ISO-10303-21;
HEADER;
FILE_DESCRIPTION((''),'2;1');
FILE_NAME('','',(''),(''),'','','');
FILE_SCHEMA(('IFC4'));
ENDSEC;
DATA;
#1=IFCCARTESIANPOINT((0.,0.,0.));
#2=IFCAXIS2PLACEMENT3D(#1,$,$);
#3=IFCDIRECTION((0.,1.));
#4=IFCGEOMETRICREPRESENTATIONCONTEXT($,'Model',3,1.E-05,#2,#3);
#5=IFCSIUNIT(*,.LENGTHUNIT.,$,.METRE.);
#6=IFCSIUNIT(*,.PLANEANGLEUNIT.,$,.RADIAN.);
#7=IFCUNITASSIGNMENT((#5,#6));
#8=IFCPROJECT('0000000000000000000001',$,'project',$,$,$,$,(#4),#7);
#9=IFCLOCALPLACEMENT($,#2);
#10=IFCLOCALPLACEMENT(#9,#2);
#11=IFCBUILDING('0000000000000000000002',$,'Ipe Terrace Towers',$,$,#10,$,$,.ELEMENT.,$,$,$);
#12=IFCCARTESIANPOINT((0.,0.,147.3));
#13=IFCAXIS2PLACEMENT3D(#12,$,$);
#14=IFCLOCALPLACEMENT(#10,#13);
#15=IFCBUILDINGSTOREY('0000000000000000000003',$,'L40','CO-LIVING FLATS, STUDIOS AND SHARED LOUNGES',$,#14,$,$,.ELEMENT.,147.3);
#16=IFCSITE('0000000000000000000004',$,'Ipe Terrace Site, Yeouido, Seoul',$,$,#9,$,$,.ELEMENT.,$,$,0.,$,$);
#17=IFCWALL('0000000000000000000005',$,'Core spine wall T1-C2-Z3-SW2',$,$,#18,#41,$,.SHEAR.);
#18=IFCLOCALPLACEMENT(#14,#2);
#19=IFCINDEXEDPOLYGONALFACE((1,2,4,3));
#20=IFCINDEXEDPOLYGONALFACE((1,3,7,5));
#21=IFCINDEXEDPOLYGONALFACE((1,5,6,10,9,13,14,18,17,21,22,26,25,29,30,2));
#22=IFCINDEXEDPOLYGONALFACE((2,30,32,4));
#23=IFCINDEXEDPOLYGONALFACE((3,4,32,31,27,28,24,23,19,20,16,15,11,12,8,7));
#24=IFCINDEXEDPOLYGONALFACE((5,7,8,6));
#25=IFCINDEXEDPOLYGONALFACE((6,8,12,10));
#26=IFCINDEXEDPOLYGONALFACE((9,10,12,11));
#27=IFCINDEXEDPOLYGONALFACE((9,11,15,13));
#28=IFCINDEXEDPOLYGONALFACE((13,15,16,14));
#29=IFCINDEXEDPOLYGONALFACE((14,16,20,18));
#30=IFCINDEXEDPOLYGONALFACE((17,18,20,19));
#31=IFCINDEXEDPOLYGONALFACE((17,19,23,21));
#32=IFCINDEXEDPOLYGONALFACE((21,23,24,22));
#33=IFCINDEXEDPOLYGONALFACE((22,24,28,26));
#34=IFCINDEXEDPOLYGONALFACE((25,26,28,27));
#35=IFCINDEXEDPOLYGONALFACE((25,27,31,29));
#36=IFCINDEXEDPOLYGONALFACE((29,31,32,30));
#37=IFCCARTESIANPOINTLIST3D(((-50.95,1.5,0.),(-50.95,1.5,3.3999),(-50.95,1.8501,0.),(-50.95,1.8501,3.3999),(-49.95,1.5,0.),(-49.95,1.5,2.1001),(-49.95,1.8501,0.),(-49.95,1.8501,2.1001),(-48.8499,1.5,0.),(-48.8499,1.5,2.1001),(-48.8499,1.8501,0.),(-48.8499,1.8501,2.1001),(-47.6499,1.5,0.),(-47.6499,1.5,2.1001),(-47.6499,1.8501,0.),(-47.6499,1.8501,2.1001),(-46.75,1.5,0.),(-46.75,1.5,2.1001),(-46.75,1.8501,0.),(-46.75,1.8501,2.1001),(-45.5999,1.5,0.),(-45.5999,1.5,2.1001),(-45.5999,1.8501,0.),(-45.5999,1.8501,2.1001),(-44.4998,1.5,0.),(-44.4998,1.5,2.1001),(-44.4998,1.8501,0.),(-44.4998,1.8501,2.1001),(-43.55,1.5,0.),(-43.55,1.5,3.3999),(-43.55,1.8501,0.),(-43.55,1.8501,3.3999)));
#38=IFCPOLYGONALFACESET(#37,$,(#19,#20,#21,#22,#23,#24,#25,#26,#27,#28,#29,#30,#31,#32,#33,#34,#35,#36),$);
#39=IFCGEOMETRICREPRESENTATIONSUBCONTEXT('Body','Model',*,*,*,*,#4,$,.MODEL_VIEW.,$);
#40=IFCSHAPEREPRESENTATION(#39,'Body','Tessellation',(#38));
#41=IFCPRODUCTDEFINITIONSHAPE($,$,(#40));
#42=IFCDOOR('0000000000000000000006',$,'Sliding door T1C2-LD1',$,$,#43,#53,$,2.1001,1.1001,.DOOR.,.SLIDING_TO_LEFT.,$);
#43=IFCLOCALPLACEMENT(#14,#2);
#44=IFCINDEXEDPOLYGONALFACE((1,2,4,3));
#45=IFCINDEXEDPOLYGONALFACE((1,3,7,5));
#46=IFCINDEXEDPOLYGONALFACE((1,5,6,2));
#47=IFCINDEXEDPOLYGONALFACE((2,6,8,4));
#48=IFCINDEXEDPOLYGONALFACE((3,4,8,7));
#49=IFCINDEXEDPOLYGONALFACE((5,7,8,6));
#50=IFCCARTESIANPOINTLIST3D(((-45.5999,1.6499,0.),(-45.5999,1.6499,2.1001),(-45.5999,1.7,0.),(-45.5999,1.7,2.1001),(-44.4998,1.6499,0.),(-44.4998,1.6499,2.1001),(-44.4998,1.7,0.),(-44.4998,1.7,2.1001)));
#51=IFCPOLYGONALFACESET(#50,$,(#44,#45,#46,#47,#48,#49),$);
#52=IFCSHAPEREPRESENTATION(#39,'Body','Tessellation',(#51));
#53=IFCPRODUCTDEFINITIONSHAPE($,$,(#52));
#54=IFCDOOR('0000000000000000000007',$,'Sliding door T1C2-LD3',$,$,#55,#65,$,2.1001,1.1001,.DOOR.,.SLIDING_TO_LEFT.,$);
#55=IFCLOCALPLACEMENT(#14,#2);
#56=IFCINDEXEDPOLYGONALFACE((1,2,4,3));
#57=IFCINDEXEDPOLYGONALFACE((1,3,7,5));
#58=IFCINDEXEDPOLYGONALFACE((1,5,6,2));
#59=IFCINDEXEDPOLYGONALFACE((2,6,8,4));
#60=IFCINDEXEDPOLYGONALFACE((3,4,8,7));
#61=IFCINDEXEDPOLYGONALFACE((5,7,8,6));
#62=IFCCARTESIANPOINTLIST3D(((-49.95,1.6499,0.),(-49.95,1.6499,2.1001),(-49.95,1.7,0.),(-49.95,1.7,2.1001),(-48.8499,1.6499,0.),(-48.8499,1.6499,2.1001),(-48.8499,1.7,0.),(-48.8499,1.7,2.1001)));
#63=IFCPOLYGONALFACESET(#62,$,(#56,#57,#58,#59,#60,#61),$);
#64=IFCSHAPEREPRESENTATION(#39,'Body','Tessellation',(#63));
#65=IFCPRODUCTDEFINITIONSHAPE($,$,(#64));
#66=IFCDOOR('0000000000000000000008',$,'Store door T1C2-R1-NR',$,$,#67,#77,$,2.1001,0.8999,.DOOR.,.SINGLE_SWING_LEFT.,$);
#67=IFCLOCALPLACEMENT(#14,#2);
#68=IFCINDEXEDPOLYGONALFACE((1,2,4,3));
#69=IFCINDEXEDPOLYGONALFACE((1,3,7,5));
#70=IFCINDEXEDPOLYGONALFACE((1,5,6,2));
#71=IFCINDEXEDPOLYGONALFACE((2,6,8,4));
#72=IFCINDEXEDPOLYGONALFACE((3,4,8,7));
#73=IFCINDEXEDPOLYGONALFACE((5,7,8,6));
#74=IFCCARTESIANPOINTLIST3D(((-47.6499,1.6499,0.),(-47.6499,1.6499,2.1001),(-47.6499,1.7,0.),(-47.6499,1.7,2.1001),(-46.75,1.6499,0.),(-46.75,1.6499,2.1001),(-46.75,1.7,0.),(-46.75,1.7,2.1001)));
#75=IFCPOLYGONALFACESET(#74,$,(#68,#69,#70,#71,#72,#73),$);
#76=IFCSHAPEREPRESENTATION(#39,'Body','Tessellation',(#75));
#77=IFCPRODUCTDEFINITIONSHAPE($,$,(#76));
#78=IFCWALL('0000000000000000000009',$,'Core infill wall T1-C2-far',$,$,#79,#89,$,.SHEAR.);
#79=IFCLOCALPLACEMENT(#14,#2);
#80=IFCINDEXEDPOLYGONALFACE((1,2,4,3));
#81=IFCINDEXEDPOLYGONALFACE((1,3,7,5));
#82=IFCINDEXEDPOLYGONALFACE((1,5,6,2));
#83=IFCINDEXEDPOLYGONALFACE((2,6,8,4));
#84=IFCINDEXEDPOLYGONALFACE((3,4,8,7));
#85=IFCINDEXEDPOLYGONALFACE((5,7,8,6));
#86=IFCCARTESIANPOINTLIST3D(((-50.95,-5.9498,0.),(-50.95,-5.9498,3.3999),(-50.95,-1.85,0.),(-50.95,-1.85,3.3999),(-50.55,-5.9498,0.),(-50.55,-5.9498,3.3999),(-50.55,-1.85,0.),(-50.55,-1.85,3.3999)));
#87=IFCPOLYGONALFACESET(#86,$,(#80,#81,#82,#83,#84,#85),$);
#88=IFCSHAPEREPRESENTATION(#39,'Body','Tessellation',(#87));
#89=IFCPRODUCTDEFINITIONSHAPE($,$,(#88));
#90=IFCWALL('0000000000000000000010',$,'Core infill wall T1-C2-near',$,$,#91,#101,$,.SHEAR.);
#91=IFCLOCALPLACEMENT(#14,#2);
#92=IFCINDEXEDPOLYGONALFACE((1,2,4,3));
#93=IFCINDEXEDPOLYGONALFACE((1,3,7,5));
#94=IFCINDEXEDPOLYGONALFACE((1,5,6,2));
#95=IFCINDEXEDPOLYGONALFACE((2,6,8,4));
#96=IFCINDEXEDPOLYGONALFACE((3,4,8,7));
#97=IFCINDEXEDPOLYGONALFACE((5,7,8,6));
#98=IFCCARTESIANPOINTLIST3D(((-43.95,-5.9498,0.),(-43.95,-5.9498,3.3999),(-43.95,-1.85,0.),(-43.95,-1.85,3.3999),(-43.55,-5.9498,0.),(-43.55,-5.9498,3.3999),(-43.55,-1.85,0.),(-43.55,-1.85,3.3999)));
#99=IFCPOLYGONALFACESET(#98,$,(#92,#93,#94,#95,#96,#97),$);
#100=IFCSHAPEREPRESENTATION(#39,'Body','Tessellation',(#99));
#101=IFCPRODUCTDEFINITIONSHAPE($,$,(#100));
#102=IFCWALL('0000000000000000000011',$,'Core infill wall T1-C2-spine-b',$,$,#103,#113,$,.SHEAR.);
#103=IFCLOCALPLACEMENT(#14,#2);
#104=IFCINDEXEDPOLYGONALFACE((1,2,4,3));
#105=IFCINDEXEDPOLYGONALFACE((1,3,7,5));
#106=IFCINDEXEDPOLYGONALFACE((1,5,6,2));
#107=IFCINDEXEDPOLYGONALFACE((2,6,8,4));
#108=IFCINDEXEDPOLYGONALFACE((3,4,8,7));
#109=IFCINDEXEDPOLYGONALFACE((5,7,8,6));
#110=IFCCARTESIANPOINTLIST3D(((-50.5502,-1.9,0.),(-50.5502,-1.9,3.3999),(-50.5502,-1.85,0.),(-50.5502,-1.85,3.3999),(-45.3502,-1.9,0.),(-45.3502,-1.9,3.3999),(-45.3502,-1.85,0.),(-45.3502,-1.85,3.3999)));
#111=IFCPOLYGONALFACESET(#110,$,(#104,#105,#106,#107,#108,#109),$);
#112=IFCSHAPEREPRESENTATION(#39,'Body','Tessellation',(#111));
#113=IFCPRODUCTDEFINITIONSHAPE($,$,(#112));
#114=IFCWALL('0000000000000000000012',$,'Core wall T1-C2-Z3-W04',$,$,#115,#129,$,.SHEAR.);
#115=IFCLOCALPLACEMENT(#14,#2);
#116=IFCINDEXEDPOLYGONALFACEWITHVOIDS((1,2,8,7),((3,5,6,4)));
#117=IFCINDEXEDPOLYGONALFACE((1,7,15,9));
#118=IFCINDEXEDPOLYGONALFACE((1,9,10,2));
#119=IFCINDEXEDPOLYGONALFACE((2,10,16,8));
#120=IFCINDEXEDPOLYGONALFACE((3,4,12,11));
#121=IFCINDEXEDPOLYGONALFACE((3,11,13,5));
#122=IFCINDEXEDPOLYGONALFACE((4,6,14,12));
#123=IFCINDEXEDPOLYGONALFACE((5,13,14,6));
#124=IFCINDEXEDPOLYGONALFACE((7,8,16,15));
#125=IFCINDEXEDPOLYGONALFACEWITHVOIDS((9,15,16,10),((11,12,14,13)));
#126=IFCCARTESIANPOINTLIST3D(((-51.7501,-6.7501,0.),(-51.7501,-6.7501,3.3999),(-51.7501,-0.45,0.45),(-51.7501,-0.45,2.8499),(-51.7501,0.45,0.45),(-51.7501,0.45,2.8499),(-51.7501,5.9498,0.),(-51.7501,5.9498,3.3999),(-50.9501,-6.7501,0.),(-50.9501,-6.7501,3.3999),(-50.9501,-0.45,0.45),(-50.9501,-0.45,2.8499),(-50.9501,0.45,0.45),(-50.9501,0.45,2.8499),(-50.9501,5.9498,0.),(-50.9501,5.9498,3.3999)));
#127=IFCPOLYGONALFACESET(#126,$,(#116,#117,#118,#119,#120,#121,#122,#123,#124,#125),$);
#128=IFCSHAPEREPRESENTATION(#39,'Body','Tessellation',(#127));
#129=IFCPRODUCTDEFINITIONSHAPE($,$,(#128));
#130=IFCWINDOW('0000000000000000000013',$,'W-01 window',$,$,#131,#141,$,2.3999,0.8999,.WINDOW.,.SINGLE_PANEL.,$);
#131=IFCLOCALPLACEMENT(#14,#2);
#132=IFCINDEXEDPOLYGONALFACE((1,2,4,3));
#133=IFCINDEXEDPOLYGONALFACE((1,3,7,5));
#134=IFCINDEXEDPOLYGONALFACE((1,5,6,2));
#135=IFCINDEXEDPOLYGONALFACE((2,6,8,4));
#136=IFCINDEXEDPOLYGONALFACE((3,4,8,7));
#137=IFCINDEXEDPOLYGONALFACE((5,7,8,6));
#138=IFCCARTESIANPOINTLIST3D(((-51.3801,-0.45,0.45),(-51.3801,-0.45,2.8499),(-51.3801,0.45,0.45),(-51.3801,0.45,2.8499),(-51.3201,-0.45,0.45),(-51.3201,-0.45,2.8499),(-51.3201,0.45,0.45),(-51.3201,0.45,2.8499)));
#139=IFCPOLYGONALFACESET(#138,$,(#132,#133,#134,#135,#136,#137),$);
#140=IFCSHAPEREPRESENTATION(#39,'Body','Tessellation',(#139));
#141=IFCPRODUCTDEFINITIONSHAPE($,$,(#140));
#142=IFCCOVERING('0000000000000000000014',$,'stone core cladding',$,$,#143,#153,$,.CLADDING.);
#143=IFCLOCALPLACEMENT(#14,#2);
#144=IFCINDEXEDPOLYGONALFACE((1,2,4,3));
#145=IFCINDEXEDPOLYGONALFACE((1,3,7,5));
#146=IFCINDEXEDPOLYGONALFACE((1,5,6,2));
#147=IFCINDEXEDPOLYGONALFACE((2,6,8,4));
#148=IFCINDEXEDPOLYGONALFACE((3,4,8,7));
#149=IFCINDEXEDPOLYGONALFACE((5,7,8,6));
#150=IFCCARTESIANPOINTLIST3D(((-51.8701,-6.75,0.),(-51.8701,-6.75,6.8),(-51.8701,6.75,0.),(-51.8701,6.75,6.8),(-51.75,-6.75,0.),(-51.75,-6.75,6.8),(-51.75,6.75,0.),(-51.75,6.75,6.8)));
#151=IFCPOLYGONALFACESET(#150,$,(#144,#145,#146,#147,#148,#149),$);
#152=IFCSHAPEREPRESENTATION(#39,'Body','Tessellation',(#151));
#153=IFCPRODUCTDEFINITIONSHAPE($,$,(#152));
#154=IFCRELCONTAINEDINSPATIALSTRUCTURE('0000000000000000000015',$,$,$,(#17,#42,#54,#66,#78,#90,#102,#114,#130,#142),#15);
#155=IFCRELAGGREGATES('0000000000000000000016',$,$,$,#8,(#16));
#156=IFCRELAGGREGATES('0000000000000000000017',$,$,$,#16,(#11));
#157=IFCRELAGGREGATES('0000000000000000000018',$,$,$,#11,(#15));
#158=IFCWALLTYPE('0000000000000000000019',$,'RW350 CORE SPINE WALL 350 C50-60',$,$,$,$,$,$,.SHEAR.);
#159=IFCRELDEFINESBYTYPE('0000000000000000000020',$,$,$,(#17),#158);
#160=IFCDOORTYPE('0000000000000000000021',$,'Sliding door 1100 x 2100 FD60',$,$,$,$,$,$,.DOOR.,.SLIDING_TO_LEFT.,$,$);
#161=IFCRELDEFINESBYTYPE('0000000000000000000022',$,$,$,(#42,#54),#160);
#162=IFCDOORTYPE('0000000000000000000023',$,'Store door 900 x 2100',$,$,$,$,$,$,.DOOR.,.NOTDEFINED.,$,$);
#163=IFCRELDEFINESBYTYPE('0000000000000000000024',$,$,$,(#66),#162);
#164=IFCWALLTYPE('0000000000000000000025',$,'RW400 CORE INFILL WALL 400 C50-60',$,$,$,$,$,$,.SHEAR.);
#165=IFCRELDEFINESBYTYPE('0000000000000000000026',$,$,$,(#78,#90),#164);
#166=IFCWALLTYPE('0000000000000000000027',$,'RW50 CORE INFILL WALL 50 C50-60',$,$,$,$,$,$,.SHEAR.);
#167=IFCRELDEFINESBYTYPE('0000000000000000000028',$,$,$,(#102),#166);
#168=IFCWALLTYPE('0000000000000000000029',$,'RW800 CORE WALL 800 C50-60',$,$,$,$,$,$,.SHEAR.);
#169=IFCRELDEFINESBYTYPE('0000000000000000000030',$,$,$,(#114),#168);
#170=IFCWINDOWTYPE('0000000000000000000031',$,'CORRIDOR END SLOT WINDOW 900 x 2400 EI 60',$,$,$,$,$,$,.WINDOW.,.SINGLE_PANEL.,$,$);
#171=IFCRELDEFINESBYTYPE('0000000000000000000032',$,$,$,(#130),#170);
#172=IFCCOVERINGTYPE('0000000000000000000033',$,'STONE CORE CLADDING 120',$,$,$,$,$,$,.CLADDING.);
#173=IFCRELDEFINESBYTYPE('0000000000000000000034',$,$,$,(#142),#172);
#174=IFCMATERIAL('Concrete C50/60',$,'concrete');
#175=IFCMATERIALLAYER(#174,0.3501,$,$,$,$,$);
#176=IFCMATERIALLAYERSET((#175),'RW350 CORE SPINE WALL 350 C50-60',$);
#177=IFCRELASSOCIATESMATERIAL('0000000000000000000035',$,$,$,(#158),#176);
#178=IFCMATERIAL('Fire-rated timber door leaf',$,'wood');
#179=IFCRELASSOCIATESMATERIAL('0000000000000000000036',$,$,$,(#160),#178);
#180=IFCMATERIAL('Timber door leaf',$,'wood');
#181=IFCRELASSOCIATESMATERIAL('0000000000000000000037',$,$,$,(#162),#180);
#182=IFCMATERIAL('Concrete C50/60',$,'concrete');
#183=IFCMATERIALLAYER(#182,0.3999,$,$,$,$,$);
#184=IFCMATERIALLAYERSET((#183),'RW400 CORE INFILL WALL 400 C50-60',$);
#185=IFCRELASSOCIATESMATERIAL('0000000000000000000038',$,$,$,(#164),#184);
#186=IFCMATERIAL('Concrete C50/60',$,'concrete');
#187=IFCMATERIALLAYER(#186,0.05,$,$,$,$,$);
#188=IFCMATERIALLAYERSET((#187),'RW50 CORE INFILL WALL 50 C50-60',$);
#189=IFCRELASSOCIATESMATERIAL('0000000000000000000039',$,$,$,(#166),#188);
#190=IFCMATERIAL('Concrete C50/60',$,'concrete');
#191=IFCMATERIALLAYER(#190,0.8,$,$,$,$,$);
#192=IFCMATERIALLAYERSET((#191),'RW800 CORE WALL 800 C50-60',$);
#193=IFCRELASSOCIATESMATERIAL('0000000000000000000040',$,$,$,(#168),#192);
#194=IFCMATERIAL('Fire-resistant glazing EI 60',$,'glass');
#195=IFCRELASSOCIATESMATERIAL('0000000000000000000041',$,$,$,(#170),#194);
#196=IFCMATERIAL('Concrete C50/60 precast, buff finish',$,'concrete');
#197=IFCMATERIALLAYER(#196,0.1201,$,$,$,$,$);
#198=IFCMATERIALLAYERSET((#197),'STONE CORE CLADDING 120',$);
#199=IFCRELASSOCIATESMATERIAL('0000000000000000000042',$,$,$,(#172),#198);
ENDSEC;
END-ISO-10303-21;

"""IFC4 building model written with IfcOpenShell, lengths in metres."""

from ifc_helpers import new_model, si_unit, direction, frame, frame_2d, origin, origin_2d, place, context, subcontext, project, spatial, rectangle, extrude, material, layer, layer_set, type_object, element, fill, save


model = new_model("IFC4")

# Units and contexts
model_context = context("Model", 3, precision=1e-05, world=origin(), true_north=direction((0.0, 1.0)))
body_context = subcontext(model_context, "Body", "Model", "MODEL_VIEW")
ifc_project = project(units=[si_unit("LENGTHUNIT", "METRE"), si_unit("PLANEANGLEUNIT", "RADIAN")], contexts=[model_context])

# Site, building, storey
site_placement = place(None, origin())
site = spatial("IfcSite", under=ifc_project, at=site_placement, Name="Ipe Terrace Site, Yeouido, Seoul", CompositionType="ELEMENT", RefElevation=0.0)
building_placement = place(site_placement, origin())
building = spatial("IfcBuilding", under=site, at=building_placement, Name="Ipe Terrace Towers", CompositionType="ELEMENT")
storey_placement = place(building_placement, frame((0.0, 0.0, 147.3)))
storey = spatial("IfcBuildingStorey", under=building, at=storey_placement, Name="L40", Description="CO-LIVING FLATS, STUDIOS AND SHARED LOUNGES", CompositionType="ELEMENT", Elevation=147.3)

# Shared definitions
ifc_material_1 = material(Name="Concrete C50/60", Category="concrete")
ifc_layer_1 = layer(ifc_material_1, 0.3501)
ifc_layer_set_1 = layer_set([ifc_layer_1], Name="RW350 CORE SPINE WALL 350 C50-60")
wall_type_1 = type_object("IfcWallType", Name="RW350 CORE SPINE WALL 350 C50-60", PredefinedType="SHEAR", material=ifc_layer_set_1)

# Wall, openings, doors
wall_1_placement = place(storey_placement, frame((-50.95, 1.675, 0.0), z_axis=(0.0, 0.0, 1.0), x_axis=(1.0, 0.0, 0.0)))
wall_1 = element("IfcWall", 1, at=wall_1_placement, inside=storey, type_object=wall_type_1, Name="Core spine wall T1-C2-Z3-SW2", PredefinedType="SHEAR", context=body_context, shape_type="SweptSolid", body=[
    extrude(rectangle(XDim=7.3999, YDim=0.3501, at=frame_2d((3.7, 0.0))), origin(), (0.0, 0.0, 1.0), 3.3999),
])
opening_1_placement = place(wall_1_placement, frame((5.3501, 0.0, 0.0)))
opening_1 = element("IfcOpeningElement", 2, at=opening_1_placement, cuts=wall_1, PredefinedType="OPENING", context=body_context, shape_type="SweptSolid", body=[
    extrude(rectangle(XDim=1.1001, YDim=2.1001, at=frame_2d((0.55, 1.05))), frame((0.0, 0.1851, 0.0), z_axis=(0.0, -1.0, 0.0), x_axis=(1.0, 0.0, 0.0)), (0.0, 0.0, 1.0), 0.3701),
])
opening_2_placement = place(wall_1_placement, frame((1.0, 0.0, 0.0)))
opening_2 = element("IfcOpeningElement", 3, at=opening_2_placement, cuts=wall_1, PredefinedType="OPENING", context=body_context, shape_type="SweptSolid", body=[
    extrude(rectangle(XDim=1.1001, YDim=2.1001, at=frame_2d((0.55, 1.05))), frame((0.0, 0.1851, 0.0), z_axis=(0.0, -1.0, 0.0), x_axis=(1.0, 0.0, 0.0)), (0.0, 0.0, 1.0), 0.3701),
])
opening_3_placement = place(wall_1_placement, frame((3.3, 0.0, 0.0)))
opening_3 = element("IfcOpeningElement", 4, at=opening_3_placement, cuts=wall_1, PredefinedType="OPENING", context=body_context, shape_type="SweptSolid", body=[
    extrude(rectangle(XDim=0.8999, YDim=2.1001, at=frame_2d((0.45, 1.05))), frame((0.0, 0.1851, 0.0), z_axis=(0.0, -1.0, 0.0), x_axis=(1.0, 0.0, 0.0)), (0.0, 0.0, 1.0), 0.3701),
])
ifc_material_2 = material(Name="Fire-rated timber door leaf", Category="wood")
door_type_1 = type_object("IfcDoorType", Name="Sliding door 1100 x 2100 FD60", OperationType="SLIDING_TO_LEFT", PredefinedType="DOOR", material=ifc_material_2)
door_1_placement = place(opening_1_placement, origin())
door_1 = element("IfcDoor", 5, at=door_1_placement, inside=storey, type_object=door_type_1, Name="Sliding door T1C2-LD1", OperationType="SLIDING_TO_LEFT", OverallHeight=2.1001, OverallWidth=1.1001, PredefinedType="DOOR", context=body_context, shape_type="SweptSolid", body=[
    extrude(rectangle(XDim=1.1001, YDim=2.1001, at=frame_2d((0.55, 1.05))), frame((0.0, 0.0249, 0.0), z_axis=(0.0, -1.0, 0.0), x_axis=(1.0, 0.0, 0.0)), (0.0, 0.0, 1.0), 0.05),
])
fill(opening_1, door_1)
door_2_placement = place(opening_2_placement, origin())
door_2 = element("IfcDoor", 6, at=door_2_placement, inside=storey, type_object=door_type_1, Name="Sliding door T1C2-LD3", OperationType="SLIDING_TO_LEFT", OverallHeight=2.1001, OverallWidth=1.1001, PredefinedType="DOOR", context=body_context, shape_type="SweptSolid", body=[
    extrude(rectangle(XDim=1.1001, YDim=2.1001, at=frame_2d((0.55, 1.05))), frame((0.0, 0.0249, 0.0), z_axis=(0.0, -1.0, 0.0), x_axis=(1.0, 0.0, 0.0)), (0.0, 0.0, 1.0), 0.05),
])
fill(opening_2, door_2)
ifc_material_3 = material(Name="Timber door leaf", Category="wood")
door_type_2 = type_object("IfcDoorType", Name="Store door 900 x 2100", OperationType="NOTDEFINED", PredefinedType="DOOR", material=ifc_material_3)
door_3_placement = place(opening_3_placement, origin())
door_3 = element("IfcDoor", 7, at=door_3_placement, inside=storey, type_object=door_type_2, Name="Store door T1C2-R1-NR", OperationType="SINGLE_SWING_LEFT", OverallHeight=2.1001, OverallWidth=0.8999, PredefinedType="DOOR", context=body_context, shape_type="SweptSolid", body=[
    extrude(rectangle(XDim=0.8999, YDim=2.1001, at=frame_2d((0.45, 1.05))), frame((0.0, 0.0249, 0.0), z_axis=(0.0, -1.0, 0.0), x_axis=(1.0, 0.0, 0.0)), (0.0, 0.0, 1.0), 0.05),
])
fill(opening_3, door_3)

# Walls
ifc_material_4 = material(Name="Concrete C50/60", Category="concrete")
ifc_layer_2 = layer(ifc_material_4, 0.3999)
ifc_layer_set_2 = layer_set([ifc_layer_2], Name="RW400 CORE INFILL WALL 400 C50-60")
wall_type_2 = type_object("IfcWallType", Name="RW400 CORE INFILL WALL 400 C50-60", PredefinedType="SHEAR", material=ifc_layer_set_2)
for number, where, z_axis, x_axis, name in (
    (8, (-50.75, -1.8501, 0.0), (0.0, 0.0, 1.0), (0.0, -1.0, 0.0), "Core infill wall T1-C2-far"),
    (9, (-43.75, -1.8501, 0.0), (0.0, 0.0, 1.0), (0.0, -1.0, 0.0), "Core infill wall T1-C2-near"),
):
    element("IfcWall", number, at=place(storey_placement, frame(where, z_axis=z_axis, x_axis=x_axis)), inside=storey, type_object=wall_type_2, Name=name, PredefinedType="SHEAR", context=body_context, shape_type="SweptSolid", body=[
        extrude(rectangle(XDim=4.0999, YDim=0.3999, at=frame_2d((2.0498, 0.0))), origin(), (0.0, 0.0, 1.0), 3.3999),
    ])
ifc_material_5 = material(Name="Concrete C50/60", Category="concrete")
ifc_layer_3 = layer(ifc_material_5, 0.05)
ifc_layer_set_3 = layer_set([ifc_layer_3], Name="RW50 CORE INFILL WALL 50 C50-60")
wall_type_3 = type_object("IfcWallType", Name="RW50 CORE INFILL WALL 50 C50-60", PredefinedType="SHEAR", material=ifc_layer_set_3)
wall_2_placement = place(storey_placement, frame((-45.3501, -1.875, 0.0), z_axis=(0.0, 0.0, 1.0), x_axis=(-1.0, 0.0, 0.0)))
element("IfcWall", 10, at=wall_2_placement, inside=storey, type_object=wall_type_3, Name="Core infill wall T1-C2-spine-b", PredefinedType="SHEAR", context=body_context, shape_type="SweptSolid", body=[
    extrude(rectangle(XDim=5.2, YDim=0.05, at=frame_2d((2.6001, 0.0))), origin(), (0.0, 0.0, 1.0), 3.3999),
])

# Wall, opening, window
ifc_material_6 = material(Name="Concrete C50/60", Category="concrete")
ifc_layer_4 = layer(ifc_material_6, 0.8)
ifc_layer_set_4 = layer_set([ifc_layer_4], Name="RW800 CORE WALL 800 C50-60")
wall_type_4 = type_object("IfcWallType", Name="RW800 CORE WALL 800 C50-60", PredefinedType="SHEAR", material=ifc_layer_set_4)
wall_3_placement = place(storey_placement, frame((-51.3501, 5.95, 0.0), z_axis=(0.0, 0.0, 1.0), x_axis=(0.0, -1.0, 0.0)))
wall_3 = element("IfcWall", 11, at=wall_3_placement, inside=storey, type_object=wall_type_4, Name="Core wall T1-C2-Z3-W04", PredefinedType="SHEAR", context=body_context, shape_type="SweptSolid", body=[
    extrude(rectangle(XDim=12.7, YDim=0.8, at=frame_2d((6.3501, 0.0))), origin(), (0.0, 0.0, 1.0), 3.3999),
])
opening_4_placement = place(wall_3_placement, frame((5.5, 0.0, 0.45)))
opening_4 = element("IfcOpeningElement", 12, at=opening_4_placement, cuts=wall_3, PredefinedType="OPENING", context=body_context, shape_type="SweptSolid", body=[
    extrude(rectangle(XDim=0.8999, YDim=2.3999, at=frame_2d((0.45, 1.2))), frame((0.0, 0.4102, 0.0), z_axis=(0.0, -1.0, 0.0), x_axis=(1.0, 0.0, 0.0)), (0.0, 0.0, 1.0), 0.8201),
])
ifc_material_7 = material(Name="Fire-resistant glazing EI 60", Category="glass")
window_type = type_object("IfcWindowType", Name="CORRIDOR END SLOT WINDOW 900 x 2400 EI 60", PartitioningType="SINGLE_PANEL", PredefinedType="WINDOW", material=ifc_material_7)
window_placement = place(opening_4_placement, origin())
window = element("IfcWindow", 13, at=window_placement, inside=storey, type_object=window_type, Name="W-01 window", OverallHeight=2.3999, OverallWidth=0.8999, PartitioningType="SINGLE_PANEL", PredefinedType="WINDOW", context=body_context, shape_type="SweptSolid", body=[
    extrude(rectangle(XDim=0.8999, YDim=2.3999, at=frame_2d((0.45, 1.2))), frame((0.0, 0.03, 0.0), z_axis=(0.0, -1.0, 0.0), x_axis=(1.0, 0.0, 0.0)), (0.0, 0.0, 1.0), 0.0601),
])
fill(opening_4, window)

# Covering
ifc_material_8 = material(Name="Concrete C50/60 precast, buff finish", Category="concrete")
ifc_layer_5 = layer(ifc_material_8, 0.1201)
ifc_layer_set_5 = layer_set([ifc_layer_5], Name="STONE CORE CLADDING 120")
covering_type = type_object("IfcCoveringType", Name="STONE CORE CLADDING 120", PredefinedType="CLADDING", material=ifc_layer_set_5)
covering_placement = place(storey_placement, frame((-51.8101, 0.0, 0.0), z_axis=(0.0, 0.0, 1.0), x_axis=(0.0, -1.0, 0.0)))
element("IfcCovering", 14, at=covering_placement, inside=storey, type_object=covering_type, Name="stone core cladding", PredefinedType="CLADDING", context=body_context, shape_type="SweptSolid", body=[
    extrude(rectangle(XDim=13.5, YDim=0.1201, at=origin_2d()), origin(), (0.0, 0.0, 1.0), 6.8),
])

save(model, "model.ifc")
